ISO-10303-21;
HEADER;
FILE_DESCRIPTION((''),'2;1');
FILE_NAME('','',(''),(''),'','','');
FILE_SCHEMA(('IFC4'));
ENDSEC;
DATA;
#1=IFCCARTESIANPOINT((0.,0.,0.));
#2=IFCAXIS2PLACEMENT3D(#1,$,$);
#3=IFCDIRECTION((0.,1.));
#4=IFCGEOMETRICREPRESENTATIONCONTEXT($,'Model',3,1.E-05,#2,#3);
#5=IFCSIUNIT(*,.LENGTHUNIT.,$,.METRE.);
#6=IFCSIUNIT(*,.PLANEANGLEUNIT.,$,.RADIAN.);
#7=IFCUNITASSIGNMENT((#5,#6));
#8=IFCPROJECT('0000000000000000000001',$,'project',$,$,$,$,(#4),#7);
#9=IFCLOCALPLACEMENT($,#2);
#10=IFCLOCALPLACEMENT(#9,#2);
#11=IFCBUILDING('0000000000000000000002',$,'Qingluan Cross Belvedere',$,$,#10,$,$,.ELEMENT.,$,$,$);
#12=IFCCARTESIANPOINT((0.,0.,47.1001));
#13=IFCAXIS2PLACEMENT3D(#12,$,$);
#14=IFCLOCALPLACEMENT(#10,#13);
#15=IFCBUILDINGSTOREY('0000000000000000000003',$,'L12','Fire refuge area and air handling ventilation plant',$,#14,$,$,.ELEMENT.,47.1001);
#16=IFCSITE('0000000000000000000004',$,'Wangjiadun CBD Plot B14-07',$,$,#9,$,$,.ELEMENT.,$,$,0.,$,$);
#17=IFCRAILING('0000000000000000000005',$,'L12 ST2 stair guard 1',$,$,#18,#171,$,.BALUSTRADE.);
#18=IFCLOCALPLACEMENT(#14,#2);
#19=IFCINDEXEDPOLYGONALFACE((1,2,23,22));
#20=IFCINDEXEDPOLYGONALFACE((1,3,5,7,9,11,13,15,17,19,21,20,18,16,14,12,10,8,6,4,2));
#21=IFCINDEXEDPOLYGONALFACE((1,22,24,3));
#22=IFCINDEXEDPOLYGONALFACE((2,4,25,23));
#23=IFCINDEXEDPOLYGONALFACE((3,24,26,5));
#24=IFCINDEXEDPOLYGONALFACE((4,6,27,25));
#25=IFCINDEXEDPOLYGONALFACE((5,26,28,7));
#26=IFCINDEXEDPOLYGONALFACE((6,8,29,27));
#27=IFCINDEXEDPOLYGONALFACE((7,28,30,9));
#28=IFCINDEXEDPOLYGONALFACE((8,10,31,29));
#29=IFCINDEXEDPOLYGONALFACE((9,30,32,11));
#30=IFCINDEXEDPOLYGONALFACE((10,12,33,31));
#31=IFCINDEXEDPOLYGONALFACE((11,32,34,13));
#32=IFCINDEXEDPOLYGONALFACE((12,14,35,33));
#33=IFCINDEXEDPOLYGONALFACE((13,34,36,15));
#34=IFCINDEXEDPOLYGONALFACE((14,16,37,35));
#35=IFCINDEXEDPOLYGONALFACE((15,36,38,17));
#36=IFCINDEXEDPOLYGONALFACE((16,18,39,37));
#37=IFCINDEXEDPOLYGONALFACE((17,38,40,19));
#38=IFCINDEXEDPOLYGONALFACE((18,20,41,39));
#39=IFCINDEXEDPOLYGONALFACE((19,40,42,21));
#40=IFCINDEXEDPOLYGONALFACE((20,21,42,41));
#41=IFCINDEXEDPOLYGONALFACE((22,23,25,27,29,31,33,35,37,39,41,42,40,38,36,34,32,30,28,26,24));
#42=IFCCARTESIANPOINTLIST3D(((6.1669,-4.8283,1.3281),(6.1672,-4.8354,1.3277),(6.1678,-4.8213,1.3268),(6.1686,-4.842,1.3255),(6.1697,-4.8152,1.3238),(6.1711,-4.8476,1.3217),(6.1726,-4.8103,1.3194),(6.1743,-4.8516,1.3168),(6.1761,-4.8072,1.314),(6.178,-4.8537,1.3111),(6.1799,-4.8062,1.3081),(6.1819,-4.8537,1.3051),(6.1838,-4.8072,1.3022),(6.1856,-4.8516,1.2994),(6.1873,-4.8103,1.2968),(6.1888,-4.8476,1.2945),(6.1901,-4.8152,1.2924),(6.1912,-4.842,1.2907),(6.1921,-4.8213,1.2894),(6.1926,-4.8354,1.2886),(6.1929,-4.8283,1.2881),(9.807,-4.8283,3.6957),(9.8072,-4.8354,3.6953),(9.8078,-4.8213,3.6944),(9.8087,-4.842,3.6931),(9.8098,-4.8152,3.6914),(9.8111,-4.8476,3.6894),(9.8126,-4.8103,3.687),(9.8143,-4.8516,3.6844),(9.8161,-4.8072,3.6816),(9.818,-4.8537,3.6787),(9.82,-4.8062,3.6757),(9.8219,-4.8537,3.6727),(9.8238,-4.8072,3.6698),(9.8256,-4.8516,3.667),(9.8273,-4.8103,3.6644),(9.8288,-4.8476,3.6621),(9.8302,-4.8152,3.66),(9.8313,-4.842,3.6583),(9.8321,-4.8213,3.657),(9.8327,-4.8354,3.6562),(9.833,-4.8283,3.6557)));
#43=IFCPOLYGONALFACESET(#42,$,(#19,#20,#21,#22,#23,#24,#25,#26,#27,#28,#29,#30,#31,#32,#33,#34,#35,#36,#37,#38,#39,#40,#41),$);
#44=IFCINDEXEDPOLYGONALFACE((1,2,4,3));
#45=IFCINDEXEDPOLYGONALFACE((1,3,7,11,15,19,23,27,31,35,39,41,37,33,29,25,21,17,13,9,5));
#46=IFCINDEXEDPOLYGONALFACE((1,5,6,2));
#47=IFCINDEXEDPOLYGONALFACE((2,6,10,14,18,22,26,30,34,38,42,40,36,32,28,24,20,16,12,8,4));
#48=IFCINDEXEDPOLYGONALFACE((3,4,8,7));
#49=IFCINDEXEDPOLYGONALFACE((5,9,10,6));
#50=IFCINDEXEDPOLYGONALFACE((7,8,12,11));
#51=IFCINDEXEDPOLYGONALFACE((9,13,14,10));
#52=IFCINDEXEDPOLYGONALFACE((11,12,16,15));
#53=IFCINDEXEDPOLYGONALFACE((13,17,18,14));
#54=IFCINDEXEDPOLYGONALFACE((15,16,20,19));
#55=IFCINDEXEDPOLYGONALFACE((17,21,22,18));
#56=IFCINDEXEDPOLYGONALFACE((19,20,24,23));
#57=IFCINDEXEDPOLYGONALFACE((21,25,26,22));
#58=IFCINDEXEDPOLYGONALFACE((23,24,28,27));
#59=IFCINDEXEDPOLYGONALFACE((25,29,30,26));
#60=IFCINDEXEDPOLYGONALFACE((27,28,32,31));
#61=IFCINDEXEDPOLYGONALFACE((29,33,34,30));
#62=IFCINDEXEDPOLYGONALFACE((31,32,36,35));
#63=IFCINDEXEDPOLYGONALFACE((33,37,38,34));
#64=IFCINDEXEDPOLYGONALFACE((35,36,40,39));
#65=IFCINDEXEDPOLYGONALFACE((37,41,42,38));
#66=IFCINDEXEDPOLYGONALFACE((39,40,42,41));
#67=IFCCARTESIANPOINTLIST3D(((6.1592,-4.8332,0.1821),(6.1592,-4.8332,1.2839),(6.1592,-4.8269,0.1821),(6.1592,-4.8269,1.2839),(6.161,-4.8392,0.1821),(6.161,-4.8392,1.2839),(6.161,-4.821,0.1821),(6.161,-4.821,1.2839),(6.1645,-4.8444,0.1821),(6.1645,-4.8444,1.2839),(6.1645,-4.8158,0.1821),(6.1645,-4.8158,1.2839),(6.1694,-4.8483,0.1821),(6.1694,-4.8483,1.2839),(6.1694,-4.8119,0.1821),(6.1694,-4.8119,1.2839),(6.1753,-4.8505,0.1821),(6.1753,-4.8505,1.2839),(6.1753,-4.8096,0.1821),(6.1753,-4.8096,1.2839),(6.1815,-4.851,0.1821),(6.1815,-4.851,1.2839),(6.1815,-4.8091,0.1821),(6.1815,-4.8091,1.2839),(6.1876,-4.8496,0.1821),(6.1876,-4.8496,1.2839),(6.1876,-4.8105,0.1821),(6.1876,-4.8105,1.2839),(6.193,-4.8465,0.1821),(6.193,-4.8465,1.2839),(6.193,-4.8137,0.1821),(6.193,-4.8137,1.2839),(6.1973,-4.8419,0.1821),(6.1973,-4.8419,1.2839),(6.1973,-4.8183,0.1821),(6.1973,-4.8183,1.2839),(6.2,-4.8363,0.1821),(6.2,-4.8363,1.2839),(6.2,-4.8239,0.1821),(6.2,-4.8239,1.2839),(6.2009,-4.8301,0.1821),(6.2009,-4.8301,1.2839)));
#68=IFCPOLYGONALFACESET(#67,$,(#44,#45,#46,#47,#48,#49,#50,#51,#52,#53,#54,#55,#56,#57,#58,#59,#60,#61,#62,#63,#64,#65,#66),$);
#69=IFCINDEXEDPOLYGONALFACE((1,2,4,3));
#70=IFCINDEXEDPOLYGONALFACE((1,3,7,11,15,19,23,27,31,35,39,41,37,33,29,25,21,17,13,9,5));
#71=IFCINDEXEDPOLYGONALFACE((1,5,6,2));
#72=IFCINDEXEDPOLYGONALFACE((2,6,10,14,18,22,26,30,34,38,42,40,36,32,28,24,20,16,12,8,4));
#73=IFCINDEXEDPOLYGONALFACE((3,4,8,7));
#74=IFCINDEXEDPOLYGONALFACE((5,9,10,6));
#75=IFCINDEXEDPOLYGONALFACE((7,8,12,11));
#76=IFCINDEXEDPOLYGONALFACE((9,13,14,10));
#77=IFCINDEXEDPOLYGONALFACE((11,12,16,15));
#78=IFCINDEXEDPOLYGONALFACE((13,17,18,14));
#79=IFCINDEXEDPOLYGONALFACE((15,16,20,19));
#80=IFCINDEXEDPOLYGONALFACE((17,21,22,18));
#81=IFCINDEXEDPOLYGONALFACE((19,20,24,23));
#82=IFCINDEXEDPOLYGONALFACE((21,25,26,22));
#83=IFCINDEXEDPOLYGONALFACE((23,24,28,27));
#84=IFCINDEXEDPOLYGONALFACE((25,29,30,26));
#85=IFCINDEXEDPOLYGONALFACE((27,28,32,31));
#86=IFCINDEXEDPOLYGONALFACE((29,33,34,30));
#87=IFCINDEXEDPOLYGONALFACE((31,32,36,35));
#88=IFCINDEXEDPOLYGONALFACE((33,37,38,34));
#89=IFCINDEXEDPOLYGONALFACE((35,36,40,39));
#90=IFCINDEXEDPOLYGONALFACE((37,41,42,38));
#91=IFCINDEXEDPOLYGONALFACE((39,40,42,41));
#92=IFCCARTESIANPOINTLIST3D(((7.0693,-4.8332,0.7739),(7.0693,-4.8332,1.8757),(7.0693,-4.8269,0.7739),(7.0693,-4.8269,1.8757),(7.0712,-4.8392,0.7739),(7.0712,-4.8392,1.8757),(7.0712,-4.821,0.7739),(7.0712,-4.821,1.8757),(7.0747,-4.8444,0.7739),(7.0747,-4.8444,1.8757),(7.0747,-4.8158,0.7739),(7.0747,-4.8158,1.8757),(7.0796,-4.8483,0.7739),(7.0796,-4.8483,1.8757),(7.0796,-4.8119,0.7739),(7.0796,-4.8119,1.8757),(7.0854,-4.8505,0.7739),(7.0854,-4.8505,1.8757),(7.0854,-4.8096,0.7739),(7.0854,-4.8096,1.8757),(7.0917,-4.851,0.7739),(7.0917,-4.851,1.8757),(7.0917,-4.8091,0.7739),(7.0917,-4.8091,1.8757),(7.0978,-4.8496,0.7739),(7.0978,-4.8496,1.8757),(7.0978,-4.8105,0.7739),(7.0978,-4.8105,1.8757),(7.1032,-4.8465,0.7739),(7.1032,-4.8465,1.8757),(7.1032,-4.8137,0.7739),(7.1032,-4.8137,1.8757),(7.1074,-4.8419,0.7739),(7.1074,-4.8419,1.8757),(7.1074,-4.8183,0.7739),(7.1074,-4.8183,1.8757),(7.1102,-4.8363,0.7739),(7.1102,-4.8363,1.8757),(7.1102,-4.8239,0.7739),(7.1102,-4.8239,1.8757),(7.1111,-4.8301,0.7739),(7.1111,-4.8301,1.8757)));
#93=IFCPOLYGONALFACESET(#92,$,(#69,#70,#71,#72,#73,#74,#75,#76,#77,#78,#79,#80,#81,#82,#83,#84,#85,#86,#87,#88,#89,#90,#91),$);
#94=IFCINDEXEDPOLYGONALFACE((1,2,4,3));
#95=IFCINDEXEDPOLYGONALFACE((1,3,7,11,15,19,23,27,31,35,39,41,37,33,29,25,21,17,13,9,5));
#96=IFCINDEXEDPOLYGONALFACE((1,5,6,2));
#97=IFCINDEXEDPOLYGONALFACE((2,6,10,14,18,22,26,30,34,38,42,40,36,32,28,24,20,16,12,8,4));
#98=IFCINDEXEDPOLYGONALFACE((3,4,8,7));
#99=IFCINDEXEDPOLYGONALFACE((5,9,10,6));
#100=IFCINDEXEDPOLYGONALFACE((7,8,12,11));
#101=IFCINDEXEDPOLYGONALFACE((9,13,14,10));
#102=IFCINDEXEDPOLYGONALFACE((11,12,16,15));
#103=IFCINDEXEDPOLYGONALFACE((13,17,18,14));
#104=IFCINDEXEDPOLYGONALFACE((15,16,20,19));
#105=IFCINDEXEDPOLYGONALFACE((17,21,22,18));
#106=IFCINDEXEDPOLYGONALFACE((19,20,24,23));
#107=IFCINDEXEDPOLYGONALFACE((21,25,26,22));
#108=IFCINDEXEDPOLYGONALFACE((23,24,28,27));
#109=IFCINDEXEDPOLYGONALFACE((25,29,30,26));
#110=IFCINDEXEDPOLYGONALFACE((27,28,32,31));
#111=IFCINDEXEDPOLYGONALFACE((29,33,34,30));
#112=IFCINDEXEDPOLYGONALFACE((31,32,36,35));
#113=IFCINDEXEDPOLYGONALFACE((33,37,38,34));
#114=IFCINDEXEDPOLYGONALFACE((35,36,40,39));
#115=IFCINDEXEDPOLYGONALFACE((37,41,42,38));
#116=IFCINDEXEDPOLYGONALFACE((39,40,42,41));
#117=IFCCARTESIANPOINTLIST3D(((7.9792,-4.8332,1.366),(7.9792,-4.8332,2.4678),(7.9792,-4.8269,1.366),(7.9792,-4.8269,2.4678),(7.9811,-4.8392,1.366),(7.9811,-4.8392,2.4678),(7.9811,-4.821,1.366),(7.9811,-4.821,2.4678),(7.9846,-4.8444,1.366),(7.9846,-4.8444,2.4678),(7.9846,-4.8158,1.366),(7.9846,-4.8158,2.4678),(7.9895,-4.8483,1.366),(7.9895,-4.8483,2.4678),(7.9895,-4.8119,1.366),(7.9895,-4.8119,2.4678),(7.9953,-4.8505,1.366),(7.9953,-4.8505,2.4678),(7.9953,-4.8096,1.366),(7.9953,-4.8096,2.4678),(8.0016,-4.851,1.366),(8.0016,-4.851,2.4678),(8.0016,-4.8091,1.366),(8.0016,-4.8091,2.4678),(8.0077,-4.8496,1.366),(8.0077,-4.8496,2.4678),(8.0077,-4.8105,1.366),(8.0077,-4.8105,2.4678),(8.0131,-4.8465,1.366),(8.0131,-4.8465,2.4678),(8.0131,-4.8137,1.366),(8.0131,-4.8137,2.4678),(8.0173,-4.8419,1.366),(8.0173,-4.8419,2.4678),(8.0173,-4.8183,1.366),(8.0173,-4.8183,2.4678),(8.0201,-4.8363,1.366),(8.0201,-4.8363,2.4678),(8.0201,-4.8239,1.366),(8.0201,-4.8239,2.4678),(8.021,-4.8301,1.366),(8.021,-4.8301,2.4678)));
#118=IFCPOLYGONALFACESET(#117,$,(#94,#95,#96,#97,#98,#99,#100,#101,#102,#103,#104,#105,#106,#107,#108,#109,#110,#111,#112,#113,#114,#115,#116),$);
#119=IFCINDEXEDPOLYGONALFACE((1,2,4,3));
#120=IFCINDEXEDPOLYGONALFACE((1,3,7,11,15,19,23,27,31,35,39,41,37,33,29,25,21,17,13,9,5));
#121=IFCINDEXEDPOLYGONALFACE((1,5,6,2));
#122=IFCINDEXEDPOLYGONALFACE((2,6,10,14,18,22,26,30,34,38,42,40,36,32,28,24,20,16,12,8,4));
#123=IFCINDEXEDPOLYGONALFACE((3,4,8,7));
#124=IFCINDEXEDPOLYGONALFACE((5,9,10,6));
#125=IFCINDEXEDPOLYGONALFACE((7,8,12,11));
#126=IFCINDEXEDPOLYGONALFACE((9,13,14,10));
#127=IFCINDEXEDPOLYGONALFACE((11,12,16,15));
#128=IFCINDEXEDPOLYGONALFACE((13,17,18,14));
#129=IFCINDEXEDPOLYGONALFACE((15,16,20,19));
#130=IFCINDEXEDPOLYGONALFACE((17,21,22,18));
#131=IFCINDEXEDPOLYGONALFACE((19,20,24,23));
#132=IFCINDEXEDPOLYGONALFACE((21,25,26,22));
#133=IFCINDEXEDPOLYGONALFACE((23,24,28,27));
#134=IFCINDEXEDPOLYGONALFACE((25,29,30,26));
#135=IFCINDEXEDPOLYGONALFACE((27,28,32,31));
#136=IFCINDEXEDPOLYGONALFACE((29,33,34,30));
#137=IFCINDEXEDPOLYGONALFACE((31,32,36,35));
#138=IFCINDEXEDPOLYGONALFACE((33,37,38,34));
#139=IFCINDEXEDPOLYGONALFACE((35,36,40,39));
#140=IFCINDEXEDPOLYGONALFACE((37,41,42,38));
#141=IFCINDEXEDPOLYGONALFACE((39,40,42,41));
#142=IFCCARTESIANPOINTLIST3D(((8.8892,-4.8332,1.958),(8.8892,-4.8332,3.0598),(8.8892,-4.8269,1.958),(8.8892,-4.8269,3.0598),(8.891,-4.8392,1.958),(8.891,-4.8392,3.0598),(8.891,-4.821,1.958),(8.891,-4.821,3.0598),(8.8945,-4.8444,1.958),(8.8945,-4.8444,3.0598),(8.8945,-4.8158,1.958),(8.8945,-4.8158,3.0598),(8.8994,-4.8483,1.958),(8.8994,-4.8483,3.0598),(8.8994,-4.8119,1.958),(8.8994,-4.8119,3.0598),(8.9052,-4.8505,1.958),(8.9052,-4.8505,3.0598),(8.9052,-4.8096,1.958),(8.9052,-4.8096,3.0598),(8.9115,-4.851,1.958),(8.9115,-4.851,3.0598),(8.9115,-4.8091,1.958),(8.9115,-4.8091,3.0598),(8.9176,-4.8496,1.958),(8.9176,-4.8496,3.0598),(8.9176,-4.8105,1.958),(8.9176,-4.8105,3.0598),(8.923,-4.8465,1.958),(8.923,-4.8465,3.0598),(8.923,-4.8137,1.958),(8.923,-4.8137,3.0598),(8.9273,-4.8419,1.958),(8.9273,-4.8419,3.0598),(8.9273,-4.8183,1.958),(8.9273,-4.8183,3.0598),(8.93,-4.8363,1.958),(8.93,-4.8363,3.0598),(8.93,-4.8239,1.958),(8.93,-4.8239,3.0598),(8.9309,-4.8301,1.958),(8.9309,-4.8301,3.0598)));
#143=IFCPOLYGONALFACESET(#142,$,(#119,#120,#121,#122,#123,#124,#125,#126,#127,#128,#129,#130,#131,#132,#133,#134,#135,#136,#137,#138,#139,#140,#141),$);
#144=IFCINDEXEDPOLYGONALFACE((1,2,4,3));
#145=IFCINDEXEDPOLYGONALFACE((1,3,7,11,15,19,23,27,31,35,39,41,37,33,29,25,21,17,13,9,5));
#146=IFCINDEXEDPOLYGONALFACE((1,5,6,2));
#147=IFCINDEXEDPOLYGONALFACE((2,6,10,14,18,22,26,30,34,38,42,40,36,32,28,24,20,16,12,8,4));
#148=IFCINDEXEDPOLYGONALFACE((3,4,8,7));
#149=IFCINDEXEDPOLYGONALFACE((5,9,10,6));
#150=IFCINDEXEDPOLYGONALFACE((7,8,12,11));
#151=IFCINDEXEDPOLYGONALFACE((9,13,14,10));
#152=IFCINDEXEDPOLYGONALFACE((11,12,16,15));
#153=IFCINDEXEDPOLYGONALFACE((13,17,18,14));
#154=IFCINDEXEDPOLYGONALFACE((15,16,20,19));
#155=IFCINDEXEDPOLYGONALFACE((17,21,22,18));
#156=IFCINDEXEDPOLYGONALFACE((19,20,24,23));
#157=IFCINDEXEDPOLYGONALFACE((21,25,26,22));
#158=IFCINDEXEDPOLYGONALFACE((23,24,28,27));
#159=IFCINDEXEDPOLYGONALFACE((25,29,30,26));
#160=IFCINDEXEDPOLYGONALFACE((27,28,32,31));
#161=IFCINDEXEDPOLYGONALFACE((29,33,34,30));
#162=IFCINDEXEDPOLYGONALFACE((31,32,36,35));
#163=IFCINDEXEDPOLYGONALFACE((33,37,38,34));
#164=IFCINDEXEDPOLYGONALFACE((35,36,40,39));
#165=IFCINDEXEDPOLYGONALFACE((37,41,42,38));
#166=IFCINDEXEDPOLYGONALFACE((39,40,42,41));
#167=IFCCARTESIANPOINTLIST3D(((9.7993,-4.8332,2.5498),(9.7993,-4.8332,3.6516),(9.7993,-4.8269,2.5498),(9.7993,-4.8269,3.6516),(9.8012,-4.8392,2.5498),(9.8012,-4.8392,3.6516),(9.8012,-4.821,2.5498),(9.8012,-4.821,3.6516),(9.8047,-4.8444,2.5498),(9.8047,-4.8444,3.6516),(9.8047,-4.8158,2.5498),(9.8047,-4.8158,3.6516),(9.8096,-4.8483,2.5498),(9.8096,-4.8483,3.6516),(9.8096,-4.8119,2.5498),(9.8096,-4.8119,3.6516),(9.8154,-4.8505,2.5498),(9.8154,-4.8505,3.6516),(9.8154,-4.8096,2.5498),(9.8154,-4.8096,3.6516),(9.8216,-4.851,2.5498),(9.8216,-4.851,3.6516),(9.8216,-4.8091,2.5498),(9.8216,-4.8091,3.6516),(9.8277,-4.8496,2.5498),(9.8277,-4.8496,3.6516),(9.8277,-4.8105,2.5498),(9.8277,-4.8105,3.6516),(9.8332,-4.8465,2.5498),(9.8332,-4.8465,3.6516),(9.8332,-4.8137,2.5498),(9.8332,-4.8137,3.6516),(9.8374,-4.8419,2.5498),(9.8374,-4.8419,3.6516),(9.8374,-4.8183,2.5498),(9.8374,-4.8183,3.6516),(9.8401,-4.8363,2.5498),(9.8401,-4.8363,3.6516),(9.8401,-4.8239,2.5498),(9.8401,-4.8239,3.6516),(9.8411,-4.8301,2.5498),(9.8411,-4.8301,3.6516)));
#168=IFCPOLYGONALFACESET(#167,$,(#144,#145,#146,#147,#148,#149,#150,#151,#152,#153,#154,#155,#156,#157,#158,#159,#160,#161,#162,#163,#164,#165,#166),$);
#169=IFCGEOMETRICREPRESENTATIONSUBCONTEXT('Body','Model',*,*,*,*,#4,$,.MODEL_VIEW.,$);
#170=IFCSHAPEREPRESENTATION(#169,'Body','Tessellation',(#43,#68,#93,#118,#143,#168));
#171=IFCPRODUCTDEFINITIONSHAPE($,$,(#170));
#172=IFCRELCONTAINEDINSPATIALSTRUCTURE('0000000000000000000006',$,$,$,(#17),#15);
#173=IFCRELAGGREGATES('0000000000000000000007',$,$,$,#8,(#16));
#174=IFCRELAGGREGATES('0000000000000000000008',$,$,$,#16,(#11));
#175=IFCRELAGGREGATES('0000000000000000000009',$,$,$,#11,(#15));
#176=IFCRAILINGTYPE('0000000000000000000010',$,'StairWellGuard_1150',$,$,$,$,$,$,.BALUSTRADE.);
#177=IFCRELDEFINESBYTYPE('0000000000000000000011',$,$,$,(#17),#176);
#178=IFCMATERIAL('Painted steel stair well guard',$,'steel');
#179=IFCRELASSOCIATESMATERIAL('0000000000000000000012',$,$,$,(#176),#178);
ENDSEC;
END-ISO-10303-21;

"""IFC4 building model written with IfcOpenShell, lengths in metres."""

from ifc_helpers import new_model, si_unit, direction, frame, origin, origin_2d, place, context, subcontext, project, spatial, circle, extrude, material, type_object, element, save


model = new_model("IFC4")

# Units and contexts
model_context = context("Model", 3, precision=1e-05, world=origin(), true_north=direction((0.0, 1.0)))
body_context = subcontext(model_context, "Body", "Model", "MODEL_VIEW")
ifc_project = project(units=[si_unit("LENGTHUNIT", "METRE"), si_unit("PLANEANGLEUNIT", "RADIAN")], contexts=[model_context])

# Site, building, storey
site_placement = place(None, origin())
site = spatial("IfcSite", under=ifc_project, at=site_placement, Name="Wangjiadun CBD Plot B14-07", CompositionType="ELEMENT", RefElevation=0.0)
building_placement = place(site_placement, origin())
building = spatial("IfcBuilding", under=site, at=building_placement, Name="Qingluan Cross Belvedere", CompositionType="ELEMENT")
storey_placement = place(building_placement, frame((0.0, 0.0, 47.1001)))
storey = spatial("IfcBuildingStorey", under=building, at=storey_placement, Name="L12", Description="Fire refuge area and air handling ventilation plant", CompositionType="ELEMENT", Elevation=47.1001)

# Railing
ifc_material_1 = material(Name="Painted steel stair well guard", Category="steel")
railing_type_1 = type_object("IfcRailingType", Name="StairWellGuard_1150", PredefinedType="BALUSTRADE", material=ifc_material_1)
railing_1_placement = place(storey_placement, frame((6.1799, -4.8301, 0.1821)))
element("IfcRailing", 1, at=railing_1_placement, inside=storey, type_object=railing_type_1, Name="L12 ST2 stair guard 1", PredefinedType="BALUSTRADE", context=body_context, shape_type="SweptSolid", body=[
    extrude(circle(Radius=0.0239, at=origin_2d()), frame((0.0, 0.0, 1.126), z_axis=(0.838277, 0.0, 0.545245), x_axis=(0.0, 1.0, 0.0)), (0.0, 0.0, 1.0), 4.3423),
    extrude(circle(Radius=0.021, at=origin_2d()), origin(), (0.0, 0.0, 1.0), 1.1018),
    extrude(circle(Radius=0.021, at=origin_2d()), frame((0.9102, 0.0, 0.5918)), (0.0, 0.0, 1.0), 1.1018),
    extrude(circle(Radius=0.021, at=origin_2d()), frame((1.8201, 0.0, 1.1838)), (0.0, 0.0, 1.0), 1.1018),
    extrude(circle(Radius=0.021, at=origin_2d()), frame((2.73, 0.0, 1.7759)), (0.0, 0.0, 1.0), 1.1018),
    extrude(circle(Radius=0.021, at=origin_2d()), frame((3.6401, 0.0, 2.3677)), (0.0, 0.0, 1.0), 1.1018),
])

save(model, "model.ifc")
